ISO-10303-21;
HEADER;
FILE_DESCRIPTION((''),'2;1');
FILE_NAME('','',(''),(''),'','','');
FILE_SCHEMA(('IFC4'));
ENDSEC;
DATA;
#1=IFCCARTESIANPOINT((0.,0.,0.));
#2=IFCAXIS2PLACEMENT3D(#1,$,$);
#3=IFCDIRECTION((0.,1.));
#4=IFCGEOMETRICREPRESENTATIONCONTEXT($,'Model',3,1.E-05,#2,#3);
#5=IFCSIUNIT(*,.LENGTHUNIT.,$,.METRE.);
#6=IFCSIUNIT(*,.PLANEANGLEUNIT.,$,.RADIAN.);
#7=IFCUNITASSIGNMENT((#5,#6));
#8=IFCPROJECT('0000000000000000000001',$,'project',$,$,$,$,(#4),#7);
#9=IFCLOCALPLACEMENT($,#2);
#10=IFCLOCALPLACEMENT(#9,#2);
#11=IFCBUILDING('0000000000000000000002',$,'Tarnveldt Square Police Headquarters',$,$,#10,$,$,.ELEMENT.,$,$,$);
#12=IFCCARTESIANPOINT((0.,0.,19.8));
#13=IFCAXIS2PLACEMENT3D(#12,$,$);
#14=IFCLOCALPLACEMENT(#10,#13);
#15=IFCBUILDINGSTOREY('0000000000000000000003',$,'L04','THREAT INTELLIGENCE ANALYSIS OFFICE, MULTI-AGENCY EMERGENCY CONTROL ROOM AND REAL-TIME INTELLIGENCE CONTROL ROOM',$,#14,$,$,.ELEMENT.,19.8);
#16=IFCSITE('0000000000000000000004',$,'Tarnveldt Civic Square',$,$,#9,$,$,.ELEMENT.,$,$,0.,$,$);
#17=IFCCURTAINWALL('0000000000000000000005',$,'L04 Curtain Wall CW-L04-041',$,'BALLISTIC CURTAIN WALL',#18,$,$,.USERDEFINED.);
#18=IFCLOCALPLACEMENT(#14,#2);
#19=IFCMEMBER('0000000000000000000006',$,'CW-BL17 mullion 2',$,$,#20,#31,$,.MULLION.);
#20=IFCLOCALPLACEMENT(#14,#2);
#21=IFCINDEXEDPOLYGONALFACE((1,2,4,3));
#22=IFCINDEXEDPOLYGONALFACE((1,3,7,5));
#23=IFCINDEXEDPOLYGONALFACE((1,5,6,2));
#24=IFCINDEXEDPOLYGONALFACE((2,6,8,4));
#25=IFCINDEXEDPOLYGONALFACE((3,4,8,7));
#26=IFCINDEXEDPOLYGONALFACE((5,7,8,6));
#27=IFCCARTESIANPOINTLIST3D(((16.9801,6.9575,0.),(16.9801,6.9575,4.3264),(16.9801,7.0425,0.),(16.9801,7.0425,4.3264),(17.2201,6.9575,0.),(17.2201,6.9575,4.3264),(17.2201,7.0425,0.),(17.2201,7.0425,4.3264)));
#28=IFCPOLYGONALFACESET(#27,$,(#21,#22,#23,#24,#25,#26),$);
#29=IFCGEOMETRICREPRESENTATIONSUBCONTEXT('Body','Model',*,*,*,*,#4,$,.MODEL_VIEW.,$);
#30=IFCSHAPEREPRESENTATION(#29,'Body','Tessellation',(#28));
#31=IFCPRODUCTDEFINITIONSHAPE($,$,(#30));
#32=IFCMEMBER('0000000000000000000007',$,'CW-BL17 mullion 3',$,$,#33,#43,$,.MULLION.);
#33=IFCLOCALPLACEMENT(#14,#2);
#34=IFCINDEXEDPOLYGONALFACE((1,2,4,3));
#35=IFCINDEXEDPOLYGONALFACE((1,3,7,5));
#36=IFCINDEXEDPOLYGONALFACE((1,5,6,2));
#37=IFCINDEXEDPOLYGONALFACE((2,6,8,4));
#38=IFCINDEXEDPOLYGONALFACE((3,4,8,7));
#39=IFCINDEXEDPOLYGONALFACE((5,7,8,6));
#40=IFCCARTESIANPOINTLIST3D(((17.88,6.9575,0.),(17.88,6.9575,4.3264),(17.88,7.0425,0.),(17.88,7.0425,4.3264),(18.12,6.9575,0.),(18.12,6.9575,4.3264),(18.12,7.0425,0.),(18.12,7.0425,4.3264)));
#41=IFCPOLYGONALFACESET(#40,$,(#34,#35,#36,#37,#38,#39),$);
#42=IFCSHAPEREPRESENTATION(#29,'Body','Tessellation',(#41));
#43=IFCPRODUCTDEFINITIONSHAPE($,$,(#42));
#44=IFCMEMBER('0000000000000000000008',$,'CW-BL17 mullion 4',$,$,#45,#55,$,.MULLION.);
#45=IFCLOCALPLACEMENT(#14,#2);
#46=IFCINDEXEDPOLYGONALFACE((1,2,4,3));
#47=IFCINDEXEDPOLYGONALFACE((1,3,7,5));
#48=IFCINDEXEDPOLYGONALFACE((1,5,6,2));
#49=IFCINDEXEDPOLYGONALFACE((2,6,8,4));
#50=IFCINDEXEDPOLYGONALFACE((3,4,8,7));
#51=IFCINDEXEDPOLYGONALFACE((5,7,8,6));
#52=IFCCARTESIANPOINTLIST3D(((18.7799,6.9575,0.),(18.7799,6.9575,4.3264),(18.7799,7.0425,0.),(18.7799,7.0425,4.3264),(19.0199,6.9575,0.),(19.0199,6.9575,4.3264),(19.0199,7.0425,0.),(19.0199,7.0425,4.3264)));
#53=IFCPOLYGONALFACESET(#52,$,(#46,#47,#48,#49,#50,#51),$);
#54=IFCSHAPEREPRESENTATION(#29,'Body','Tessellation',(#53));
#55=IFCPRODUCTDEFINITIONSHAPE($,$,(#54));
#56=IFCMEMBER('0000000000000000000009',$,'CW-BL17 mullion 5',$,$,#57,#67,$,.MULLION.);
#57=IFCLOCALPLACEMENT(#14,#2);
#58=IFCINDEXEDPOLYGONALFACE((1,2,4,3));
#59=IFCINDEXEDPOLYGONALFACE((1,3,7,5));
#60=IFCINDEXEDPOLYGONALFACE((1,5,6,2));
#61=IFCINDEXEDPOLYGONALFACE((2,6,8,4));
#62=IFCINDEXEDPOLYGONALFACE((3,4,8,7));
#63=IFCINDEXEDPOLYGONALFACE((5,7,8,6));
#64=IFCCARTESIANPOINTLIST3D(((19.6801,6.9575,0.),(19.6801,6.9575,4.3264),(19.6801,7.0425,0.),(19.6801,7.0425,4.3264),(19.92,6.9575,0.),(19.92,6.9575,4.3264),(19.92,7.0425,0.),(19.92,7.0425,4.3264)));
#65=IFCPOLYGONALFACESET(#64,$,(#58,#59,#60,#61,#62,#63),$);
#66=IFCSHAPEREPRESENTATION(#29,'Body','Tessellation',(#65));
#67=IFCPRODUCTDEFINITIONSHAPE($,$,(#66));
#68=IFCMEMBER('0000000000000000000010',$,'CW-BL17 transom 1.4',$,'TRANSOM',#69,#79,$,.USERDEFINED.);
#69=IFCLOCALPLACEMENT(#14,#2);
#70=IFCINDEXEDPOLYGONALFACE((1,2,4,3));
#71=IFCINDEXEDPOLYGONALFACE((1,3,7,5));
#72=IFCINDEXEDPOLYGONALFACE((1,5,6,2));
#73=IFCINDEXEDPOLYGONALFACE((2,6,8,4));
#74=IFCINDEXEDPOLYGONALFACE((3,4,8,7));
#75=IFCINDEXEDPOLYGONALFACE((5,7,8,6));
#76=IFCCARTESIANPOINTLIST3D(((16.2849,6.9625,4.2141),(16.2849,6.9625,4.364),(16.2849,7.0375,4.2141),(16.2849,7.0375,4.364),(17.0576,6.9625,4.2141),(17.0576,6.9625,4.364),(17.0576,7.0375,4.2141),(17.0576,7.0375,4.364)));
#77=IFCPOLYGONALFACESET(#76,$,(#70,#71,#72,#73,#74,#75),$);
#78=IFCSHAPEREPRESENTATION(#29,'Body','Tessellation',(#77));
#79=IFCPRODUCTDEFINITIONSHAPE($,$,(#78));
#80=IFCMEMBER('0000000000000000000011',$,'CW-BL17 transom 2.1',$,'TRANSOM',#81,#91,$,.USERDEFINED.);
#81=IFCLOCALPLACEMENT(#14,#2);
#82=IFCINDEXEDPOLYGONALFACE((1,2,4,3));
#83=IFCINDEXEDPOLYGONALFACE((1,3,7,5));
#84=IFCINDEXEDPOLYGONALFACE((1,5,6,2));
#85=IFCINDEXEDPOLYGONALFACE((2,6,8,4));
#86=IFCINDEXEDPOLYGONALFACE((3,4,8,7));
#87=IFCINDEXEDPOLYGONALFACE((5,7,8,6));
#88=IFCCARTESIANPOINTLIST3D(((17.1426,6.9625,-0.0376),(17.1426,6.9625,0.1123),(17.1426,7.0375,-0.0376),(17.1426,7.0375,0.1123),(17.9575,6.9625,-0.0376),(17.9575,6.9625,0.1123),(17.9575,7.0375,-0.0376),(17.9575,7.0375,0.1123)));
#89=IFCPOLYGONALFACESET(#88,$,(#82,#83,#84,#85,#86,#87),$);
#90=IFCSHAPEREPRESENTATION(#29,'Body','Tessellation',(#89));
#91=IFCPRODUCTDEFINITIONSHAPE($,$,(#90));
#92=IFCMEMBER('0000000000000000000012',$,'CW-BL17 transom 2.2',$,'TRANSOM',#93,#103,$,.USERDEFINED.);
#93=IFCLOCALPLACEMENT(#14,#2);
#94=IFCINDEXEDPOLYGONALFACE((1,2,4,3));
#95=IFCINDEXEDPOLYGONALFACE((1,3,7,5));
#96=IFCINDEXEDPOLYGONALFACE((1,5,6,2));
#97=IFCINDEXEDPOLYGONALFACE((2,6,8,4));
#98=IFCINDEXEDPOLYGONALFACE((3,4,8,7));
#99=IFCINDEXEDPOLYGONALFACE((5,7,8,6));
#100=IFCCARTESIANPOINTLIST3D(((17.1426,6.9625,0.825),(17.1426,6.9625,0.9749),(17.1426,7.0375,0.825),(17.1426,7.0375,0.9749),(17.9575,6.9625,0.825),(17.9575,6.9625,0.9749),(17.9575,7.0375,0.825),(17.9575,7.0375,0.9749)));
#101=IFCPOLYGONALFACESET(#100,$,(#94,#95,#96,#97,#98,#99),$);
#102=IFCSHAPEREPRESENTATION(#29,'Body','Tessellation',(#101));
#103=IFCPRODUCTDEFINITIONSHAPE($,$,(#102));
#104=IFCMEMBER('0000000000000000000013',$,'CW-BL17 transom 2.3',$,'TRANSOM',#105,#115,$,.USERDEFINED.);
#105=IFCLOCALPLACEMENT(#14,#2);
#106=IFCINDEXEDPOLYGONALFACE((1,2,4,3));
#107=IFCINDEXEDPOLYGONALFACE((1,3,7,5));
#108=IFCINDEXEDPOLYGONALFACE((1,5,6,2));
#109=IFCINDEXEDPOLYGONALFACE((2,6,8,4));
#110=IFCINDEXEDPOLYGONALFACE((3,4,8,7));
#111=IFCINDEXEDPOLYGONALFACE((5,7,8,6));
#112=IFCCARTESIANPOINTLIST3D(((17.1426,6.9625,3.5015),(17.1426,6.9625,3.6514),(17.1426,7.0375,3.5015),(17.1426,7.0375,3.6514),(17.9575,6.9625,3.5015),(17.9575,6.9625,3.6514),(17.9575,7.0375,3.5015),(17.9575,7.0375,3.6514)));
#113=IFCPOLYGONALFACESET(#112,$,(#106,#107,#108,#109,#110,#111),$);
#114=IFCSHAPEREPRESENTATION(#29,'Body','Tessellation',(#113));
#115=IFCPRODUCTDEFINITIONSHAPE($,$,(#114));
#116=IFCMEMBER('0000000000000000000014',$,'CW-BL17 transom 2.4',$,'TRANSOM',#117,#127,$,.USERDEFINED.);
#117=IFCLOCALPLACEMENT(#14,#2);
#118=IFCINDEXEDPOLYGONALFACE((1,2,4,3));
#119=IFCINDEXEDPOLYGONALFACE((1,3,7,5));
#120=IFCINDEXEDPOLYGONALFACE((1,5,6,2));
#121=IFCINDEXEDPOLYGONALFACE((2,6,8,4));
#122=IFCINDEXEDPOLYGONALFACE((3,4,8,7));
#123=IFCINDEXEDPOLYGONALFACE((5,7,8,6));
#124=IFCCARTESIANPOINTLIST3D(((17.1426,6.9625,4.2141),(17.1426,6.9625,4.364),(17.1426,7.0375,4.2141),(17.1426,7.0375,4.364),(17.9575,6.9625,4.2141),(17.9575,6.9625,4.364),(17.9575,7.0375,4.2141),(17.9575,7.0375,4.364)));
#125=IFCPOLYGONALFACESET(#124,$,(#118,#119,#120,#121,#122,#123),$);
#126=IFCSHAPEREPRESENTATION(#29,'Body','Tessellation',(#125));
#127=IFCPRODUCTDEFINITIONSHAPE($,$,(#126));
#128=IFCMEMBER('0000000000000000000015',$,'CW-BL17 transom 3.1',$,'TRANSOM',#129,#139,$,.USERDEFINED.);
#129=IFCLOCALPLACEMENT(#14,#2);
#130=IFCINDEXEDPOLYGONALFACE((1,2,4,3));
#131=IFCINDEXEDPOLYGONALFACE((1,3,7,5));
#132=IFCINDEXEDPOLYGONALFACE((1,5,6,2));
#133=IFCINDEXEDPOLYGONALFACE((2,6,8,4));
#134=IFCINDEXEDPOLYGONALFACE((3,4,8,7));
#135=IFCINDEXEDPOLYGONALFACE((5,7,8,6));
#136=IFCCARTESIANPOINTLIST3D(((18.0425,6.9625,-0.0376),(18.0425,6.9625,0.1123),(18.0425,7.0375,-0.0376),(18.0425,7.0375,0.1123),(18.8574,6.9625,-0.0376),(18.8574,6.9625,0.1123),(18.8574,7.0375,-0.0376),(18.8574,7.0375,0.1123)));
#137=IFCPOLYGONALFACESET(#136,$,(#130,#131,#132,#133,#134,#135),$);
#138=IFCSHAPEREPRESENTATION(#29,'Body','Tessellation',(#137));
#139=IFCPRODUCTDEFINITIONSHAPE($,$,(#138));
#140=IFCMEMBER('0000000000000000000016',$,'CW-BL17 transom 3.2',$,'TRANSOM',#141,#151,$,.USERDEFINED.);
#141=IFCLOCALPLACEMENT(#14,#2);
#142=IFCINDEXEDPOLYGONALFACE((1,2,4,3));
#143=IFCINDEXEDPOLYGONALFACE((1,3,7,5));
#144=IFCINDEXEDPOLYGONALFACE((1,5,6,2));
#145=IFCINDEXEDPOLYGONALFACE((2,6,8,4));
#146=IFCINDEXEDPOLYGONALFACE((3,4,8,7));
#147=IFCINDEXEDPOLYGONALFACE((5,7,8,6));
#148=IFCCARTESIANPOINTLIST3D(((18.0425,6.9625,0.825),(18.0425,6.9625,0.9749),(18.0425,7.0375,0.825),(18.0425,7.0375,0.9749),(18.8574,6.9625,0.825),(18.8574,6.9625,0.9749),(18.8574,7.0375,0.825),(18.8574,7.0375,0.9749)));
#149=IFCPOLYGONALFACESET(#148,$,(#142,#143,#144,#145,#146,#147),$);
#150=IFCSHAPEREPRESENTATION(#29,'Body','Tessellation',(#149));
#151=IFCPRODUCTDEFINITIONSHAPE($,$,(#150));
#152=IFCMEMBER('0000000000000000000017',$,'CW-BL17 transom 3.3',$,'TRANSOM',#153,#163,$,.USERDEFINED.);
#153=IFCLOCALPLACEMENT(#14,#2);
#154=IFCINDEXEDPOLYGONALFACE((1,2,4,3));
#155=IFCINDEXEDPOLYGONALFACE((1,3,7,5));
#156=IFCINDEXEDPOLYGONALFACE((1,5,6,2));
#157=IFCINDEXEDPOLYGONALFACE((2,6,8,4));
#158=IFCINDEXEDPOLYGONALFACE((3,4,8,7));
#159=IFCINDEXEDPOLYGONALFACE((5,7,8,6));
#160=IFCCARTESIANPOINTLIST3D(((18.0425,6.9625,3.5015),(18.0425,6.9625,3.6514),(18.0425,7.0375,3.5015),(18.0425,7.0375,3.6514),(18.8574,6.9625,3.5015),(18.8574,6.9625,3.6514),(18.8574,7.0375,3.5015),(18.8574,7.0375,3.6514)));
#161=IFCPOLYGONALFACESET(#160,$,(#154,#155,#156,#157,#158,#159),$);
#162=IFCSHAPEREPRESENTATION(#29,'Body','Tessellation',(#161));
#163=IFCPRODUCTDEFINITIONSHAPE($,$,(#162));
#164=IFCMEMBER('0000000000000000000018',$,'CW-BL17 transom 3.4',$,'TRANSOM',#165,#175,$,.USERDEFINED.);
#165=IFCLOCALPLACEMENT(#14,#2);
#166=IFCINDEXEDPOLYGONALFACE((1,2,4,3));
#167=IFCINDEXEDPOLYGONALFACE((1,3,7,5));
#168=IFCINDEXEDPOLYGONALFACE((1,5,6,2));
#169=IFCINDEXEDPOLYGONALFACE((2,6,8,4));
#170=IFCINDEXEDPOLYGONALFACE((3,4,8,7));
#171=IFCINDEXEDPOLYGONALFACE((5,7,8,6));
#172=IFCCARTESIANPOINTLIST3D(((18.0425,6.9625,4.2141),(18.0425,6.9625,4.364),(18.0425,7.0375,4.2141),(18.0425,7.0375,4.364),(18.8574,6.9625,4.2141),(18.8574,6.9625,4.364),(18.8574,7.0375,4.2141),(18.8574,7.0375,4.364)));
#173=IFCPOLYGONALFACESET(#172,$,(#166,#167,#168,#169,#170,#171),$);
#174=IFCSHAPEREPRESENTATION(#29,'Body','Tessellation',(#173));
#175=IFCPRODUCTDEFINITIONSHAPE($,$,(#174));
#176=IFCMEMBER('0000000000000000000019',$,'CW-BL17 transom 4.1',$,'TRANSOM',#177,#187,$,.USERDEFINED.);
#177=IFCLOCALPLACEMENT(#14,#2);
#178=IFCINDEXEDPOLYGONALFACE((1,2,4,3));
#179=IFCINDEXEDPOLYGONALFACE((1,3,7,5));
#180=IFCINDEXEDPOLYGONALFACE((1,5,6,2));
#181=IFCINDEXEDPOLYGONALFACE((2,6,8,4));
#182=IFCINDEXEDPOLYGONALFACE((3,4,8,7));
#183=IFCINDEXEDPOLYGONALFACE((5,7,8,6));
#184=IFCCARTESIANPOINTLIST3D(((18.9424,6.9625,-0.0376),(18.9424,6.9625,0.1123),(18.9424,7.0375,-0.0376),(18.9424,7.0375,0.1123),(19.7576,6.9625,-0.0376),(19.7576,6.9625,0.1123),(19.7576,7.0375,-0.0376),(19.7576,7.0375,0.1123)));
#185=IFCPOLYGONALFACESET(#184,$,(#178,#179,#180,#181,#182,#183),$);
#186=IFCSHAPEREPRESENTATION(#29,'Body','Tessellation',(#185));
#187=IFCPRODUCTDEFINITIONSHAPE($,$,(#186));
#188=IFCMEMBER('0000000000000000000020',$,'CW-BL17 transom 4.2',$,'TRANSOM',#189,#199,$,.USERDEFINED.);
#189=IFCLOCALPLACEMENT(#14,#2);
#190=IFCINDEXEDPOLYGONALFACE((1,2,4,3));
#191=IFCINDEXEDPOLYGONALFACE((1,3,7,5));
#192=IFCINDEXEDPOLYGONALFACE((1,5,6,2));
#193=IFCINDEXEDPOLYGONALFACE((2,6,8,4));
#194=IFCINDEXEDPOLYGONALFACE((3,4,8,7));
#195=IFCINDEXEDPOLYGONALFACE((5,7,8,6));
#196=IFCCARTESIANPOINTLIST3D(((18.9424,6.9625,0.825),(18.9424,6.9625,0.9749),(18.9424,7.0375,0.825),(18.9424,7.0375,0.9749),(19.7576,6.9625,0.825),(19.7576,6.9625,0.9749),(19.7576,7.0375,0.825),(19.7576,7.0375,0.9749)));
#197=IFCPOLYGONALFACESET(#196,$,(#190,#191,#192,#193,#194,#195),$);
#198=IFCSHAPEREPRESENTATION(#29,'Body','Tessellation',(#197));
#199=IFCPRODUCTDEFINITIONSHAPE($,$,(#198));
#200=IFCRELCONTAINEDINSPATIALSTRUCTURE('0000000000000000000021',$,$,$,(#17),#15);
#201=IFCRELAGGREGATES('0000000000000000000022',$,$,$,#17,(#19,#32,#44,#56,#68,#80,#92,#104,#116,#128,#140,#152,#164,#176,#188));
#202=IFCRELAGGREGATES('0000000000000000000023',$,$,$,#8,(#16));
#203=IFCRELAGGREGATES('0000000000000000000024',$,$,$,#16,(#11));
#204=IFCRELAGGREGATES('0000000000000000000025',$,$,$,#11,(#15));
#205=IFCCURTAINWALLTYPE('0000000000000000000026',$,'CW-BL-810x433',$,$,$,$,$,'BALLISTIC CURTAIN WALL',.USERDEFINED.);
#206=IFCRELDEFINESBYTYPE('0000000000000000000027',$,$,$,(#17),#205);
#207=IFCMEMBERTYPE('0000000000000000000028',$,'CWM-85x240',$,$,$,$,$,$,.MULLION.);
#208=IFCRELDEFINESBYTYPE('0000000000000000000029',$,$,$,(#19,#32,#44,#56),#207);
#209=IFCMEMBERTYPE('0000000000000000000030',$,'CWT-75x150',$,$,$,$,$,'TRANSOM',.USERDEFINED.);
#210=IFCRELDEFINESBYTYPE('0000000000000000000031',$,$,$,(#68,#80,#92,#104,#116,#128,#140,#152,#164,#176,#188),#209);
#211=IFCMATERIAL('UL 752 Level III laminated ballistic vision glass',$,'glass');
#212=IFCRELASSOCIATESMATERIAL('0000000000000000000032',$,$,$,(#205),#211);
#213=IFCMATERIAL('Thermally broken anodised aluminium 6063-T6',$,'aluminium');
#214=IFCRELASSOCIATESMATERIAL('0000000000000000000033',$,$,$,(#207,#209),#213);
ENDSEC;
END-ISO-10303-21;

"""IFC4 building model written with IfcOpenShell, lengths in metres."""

from ifc_helpers import new_model, si_unit, direction, frame, origin, origin_2d, place, context, subcontext, project, spatial, rectangle, extrude, material, material_profile, profile_set, type_object, element, aggregate, save


model = new_model("IFC4")

# Units and contexts
model_context = context("Model", 3, precision=1e-05, world=origin(), true_north=direction((0.0, 1.0)))
body_context = subcontext(model_context, "Body", "Model", "MODEL_VIEW")
ifc_project = project(units=[si_unit("LENGTHUNIT", "METRE"), si_unit("PLANEANGLEUNIT", "RADIAN")], contexts=[model_context])

# Site, building, storey
site_placement = place(None, origin())
site = spatial("IfcSite", under=ifc_project, at=site_placement, Name="Tarnveldt Civic Square", CompositionType="ELEMENT", RefElevation=0.0)
building_placement = place(site_placement, origin())
building = spatial("IfcBuilding", under=site, at=building_placement, Name="Tarnveldt Square Police Headquarters", CompositionType="ELEMENT")
storey_placement = place(building_placement, frame((0.0, 0.0, 19.8)))
storey = spatial("IfcBuildingStorey", under=building, at=storey_placement, Name="L04", Description="THREAT INTELLIGENCE ANALYSIS OFFICE, MULTI-AGENCY EMERGENCY CONTROL ROOM AND REAL-TIME INTELLIGENCE CONTROL ROOM", CompositionType="ELEMENT", Elevation=19.8)

# Curtain wall, members
ifc_material_1 = material(Name="UL 752 Level III laminated ballistic vision glass", Category="glass")
curtain_wall_type = type_object("IfcCurtainWallType", Name="CW-BL-810x433", ElementType="BALLISTIC CURTAIN WALL", PredefinedType="USERDEFINED", material=ifc_material_1)
curtain_wall_placement = place(storey_placement, origin())
curtain_wall = element("IfcCurtainWall", 1, at=curtain_wall_placement, inside=storey, type_object=curtain_wall_type, Name="L04 Curtain Wall CW-L04-041", ObjectType="BALLISTIC CURTAIN WALL", PredefinedType="USERDEFINED")
ifc_material_2 = material(Name="Thermally broken anodised aluminium 6063-T6", Category="aluminium")
ifc_material_profile_1 = material_profile(ifc_material_2, rectangle(XDim=0.085, YDim=0.24, at=origin_2d()), Name="CW-M85x240")
ifc_profile_set_1 = profile_set([ifc_material_profile_1], Name="Thermally broken anodised aluminium 6063-T6")
member_type_1 = type_object("IfcMemberType", Name="CWM-85x240", PredefinedType="MULLION", material=ifc_profile_set_1)
member_1_placement = place(storey_placement, frame((17.1001, 7.0, 0.0), z_axis=(0.0, 0.0, 1.0), x_axis=(0.0, 1.0, 0.0)))
member_1 = element("IfcMember", 2, at=member_1_placement, type_object=member_type_1, Name="CW-BL17 mullion 2", PredefinedType="MULLION", context=body_context, shape_type="SweptSolid", body=[
    extrude(rectangle(XDim=0.085, YDim=0.24, at=origin_2d()), origin(), (0.0, 0.0, 1.0), 4.3264),
])
member_2_placement = place(storey_placement, frame((18.0, 7.0, 0.0), z_axis=(0.0, 0.0, 1.0), x_axis=(0.0, 1.0, 0.0)))
member_2 = element("IfcMember", 3, at=member_2_placement, type_object=member_type_1, Name="CW-BL17 mullion 3", PredefinedType="MULLION", context=body_context, shape_type="SweptSolid", body=[
    extrude(rectangle(XDim=0.085, YDim=0.24, at=origin_2d()), origin(), (0.0, 0.0, 1.0), 4.3264),
])
member_3_placement = place(storey_placement, frame((18.8999, 7.0, 0.0), z_axis=(0.0, 0.0, 1.0), x_axis=(0.0, 1.0, 0.0)))
member_3 = element("IfcMember", 4, at=member_3_placement, type_object=member_type_1, Name="CW-BL17 mullion 4", PredefinedType="MULLION", context=body_context, shape_type="SweptSolid", body=[
    extrude(rectangle(XDim=0.085, YDim=0.24, at=origin_2d()), origin(), (0.0, 0.0, 1.0), 4.3264),
])
member_4_placement = place(storey_placement, frame((19.8, 7.0, 0.0), z_axis=(0.0, 0.0, 1.0), x_axis=(0.0, 1.0, 0.0)))
member_4 = element("IfcMember", 5, at=member_4_placement, type_object=member_type_1, Name="CW-BL17 mullion 5", PredefinedType="MULLION", context=body_context, shape_type="SweptSolid", body=[
    extrude(rectangle(XDim=0.085, YDim=0.24, at=origin_2d()), origin(), (0.0, 0.0, 1.0), 4.3264),
])
ifc_material_profile_2 = material_profile(ifc_material_2, rectangle(XDim=0.075, YDim=0.1499, at=origin_2d()), Name="CW-T75x150")
ifc_profile_set_2 = profile_set([ifc_material_profile_2], Name="Thermally broken anodised aluminium 6063-T6")
member_type_2 = type_object("IfcMemberType", Name="CWT-75x150", ElementType="TRANSOM", PredefinedType="USERDEFINED", material=ifc_profile_set_2)
member_5_placement = place(storey_placement, frame((16.2849, 7.0, 4.2891), z_axis=(1.0, 0.0, 0.0), x_axis=(0.0, 1.0, 0.0)))
member_5 = element("IfcMember", 6, at=member_5_placement, type_object=member_type_2, Name="CW-BL17 transom 1.4", ObjectType="TRANSOM", PredefinedType="USERDEFINED", context=body_context, shape_type="SweptSolid", body=[
    extrude(rectangle(XDim=0.075, YDim=0.1499, at=origin_2d()), origin(), (0.0, 0.0, 1.0), 0.7727),
])
member_6_placement = place(storey_placement, frame((17.1426, 7.0, 0.0374), z_axis=(1.0, 0.0, 0.0), x_axis=(0.0, 1.0, 0.0)))
member_6 = element("IfcMember", 7, at=member_6_placement, type_object=member_type_2, Name="CW-BL17 transom 2.1", ObjectType="TRANSOM", PredefinedType="USERDEFINED", context=body_context, shape_type="SweptSolid", body=[
    extrude(rectangle(XDim=0.075, YDim=0.1499, at=origin_2d()), origin(), (0.0, 0.0, 1.0), 0.8149),
])
member_7_placement = place(storey_placement, frame((17.1426, 7.0, 0.8999), z_axis=(1.0, 0.0, 0.0), x_axis=(0.0, 1.0, 0.0)))
member_7 = element("IfcMember", 8, at=member_7_placement, type_object=member_type_2, Name="CW-BL17 transom 2.2", ObjectType="TRANSOM", PredefinedType="USERDEFINED", context=body_context, shape_type="SweptSolid", body=[
    extrude(rectangle(XDim=0.075, YDim=0.1499, at=origin_2d()), origin(), (0.0, 0.0, 1.0), 0.8149),
])
member_8_placement = place(storey_placement, frame((17.1426, 7.0, 3.5764), z_axis=(1.0, 0.0, 0.0), x_axis=(0.0, 1.0, 0.0)))
member_8 = element("IfcMember", 9, at=member_8_placement, type_object=member_type_2, Name="CW-BL17 transom 2.3", ObjectType="TRANSOM", PredefinedType="USERDEFINED", context=body_context, shape_type="SweptSolid", body=[
    extrude(rectangle(XDim=0.075, YDim=0.1499, at=origin_2d()), origin(), (0.0, 0.0, 1.0), 0.8149),
])
member_9_placement = place(storey_placement, frame((17.1426, 7.0, 4.2891), z_axis=(1.0, 0.0, 0.0), x_axis=(0.0, 1.0, 0.0)))
member_9 = element("IfcMember", 10, at=member_9_placement, type_object=member_type_2, Name="CW-BL17 transom 2.4", ObjectType="TRANSOM", PredefinedType="USERDEFINED", context=body_context, shape_type="SweptSolid", body=[
    extrude(rectangle(XDim=0.075, YDim=0.1499, at=origin_2d()), origin(), (0.0, 0.0, 1.0), 0.8149),
])
member_10_placement = place(storey_placement, frame((18.0425, 7.0, 0.0374), z_axis=(1.0, 0.0, 0.0), x_axis=(0.0, 1.0, 0.0)))
member_10 = element("IfcMember", 11, at=member_10_placement, type_object=member_type_2, Name="CW-BL17 transom 3.1", ObjectType="TRANSOM", PredefinedType="USERDEFINED", context=body_context, shape_type="SweptSolid", body=[
    extrude(rectangle(XDim=0.075, YDim=0.1499, at=origin_2d()), origin(), (0.0, 0.0, 1.0), 0.8149),
])
member_11_placement = place(storey_placement, frame((18.0425, 7.0, 0.8999), z_axis=(1.0, 0.0, 0.0), x_axis=(0.0, 1.0, 0.0)))
member_11 = element("IfcMember", 12, at=member_11_placement, type_object=member_type_2, Name="CW-BL17 transom 3.2", ObjectType="TRANSOM", PredefinedType="USERDEFINED", context=body_context, shape_type="SweptSolid", body=[
    extrude(rectangle(XDim=0.075, YDim=0.1499, at=origin_2d()), origin(), (0.0, 0.0, 1.0), 0.8149),
])
member_12_placement = place(storey_placement, frame((18.0425, 7.0, 3.5764), z_axis=(1.0, 0.0, 0.0), x_axis=(0.0, 1.0, 0.0)))
member_12 = element("IfcMember", 13, at=member_12_placement, type_object=member_type_2, Name="CW-BL17 transom 3.3", ObjectType="TRANSOM", PredefinedType="USERDEFINED", context=body_context, shape_type="SweptSolid", body=[
    extrude(rectangle(XDim=0.075, YDim=0.1499, at=origin_2d()), origin(), (0.0, 0.0, 1.0), 0.8149),
])
member_13_placement = place(storey_placement, frame((18.0425, 7.0, 4.2891), z_axis=(1.0, 0.0, 0.0), x_axis=(0.0, 1.0, 0.0)))
member_13 = element("IfcMember", 14, at=member_13_placement, type_object=member_type_2, Name="CW-BL17 transom 3.4", ObjectType="TRANSOM", PredefinedType="USERDEFINED", context=body_context, shape_type="SweptSolid", body=[
    extrude(rectangle(XDim=0.075, YDim=0.1499, at=origin_2d()), origin(), (0.0, 0.0, 1.0), 0.8149),
])
member_14_placement = place(storey_placement, frame((18.9424, 7.0, 0.0374), z_axis=(1.0, 0.0, 0.0), x_axis=(0.0, 1.0, 0.0)))
member_14 = element("IfcMember", 15, at=member_14_placement, type_object=member_type_2, Name="CW-BL17 transom 4.1", ObjectType="TRANSOM", PredefinedType="USERDEFINED", context=body_context, shape_type="SweptSolid", body=[
    extrude(rectangle(XDim=0.075, YDim=0.1499, at=origin_2d()), origin(), (0.0, 0.0, 1.0), 0.8152),
])
member_15_placement = place(storey_placement, frame((18.9424, 7.0, 0.8999), z_axis=(1.0, 0.0, 0.0), x_axis=(0.0, 1.0, 0.0)))
member_15 = element("IfcMember", 16, at=member_15_placement, type_object=member_type_2, Name="CW-BL17 transom 4.2", ObjectType="TRANSOM", PredefinedType="USERDEFINED", context=body_context, shape_type="SweptSolid", body=[
    extrude(rectangle(XDim=0.075, YDim=0.1499, at=origin_2d()), origin(), (0.0, 0.0, 1.0), 0.8152),
])

aggregate(curtain_wall, [member_1, member_2, member_3, member_4, member_5, member_6, member_7, member_8, member_9, member_10, member_11, member_12, member_13, member_14, member_15])

save(model, "model.ifc")
